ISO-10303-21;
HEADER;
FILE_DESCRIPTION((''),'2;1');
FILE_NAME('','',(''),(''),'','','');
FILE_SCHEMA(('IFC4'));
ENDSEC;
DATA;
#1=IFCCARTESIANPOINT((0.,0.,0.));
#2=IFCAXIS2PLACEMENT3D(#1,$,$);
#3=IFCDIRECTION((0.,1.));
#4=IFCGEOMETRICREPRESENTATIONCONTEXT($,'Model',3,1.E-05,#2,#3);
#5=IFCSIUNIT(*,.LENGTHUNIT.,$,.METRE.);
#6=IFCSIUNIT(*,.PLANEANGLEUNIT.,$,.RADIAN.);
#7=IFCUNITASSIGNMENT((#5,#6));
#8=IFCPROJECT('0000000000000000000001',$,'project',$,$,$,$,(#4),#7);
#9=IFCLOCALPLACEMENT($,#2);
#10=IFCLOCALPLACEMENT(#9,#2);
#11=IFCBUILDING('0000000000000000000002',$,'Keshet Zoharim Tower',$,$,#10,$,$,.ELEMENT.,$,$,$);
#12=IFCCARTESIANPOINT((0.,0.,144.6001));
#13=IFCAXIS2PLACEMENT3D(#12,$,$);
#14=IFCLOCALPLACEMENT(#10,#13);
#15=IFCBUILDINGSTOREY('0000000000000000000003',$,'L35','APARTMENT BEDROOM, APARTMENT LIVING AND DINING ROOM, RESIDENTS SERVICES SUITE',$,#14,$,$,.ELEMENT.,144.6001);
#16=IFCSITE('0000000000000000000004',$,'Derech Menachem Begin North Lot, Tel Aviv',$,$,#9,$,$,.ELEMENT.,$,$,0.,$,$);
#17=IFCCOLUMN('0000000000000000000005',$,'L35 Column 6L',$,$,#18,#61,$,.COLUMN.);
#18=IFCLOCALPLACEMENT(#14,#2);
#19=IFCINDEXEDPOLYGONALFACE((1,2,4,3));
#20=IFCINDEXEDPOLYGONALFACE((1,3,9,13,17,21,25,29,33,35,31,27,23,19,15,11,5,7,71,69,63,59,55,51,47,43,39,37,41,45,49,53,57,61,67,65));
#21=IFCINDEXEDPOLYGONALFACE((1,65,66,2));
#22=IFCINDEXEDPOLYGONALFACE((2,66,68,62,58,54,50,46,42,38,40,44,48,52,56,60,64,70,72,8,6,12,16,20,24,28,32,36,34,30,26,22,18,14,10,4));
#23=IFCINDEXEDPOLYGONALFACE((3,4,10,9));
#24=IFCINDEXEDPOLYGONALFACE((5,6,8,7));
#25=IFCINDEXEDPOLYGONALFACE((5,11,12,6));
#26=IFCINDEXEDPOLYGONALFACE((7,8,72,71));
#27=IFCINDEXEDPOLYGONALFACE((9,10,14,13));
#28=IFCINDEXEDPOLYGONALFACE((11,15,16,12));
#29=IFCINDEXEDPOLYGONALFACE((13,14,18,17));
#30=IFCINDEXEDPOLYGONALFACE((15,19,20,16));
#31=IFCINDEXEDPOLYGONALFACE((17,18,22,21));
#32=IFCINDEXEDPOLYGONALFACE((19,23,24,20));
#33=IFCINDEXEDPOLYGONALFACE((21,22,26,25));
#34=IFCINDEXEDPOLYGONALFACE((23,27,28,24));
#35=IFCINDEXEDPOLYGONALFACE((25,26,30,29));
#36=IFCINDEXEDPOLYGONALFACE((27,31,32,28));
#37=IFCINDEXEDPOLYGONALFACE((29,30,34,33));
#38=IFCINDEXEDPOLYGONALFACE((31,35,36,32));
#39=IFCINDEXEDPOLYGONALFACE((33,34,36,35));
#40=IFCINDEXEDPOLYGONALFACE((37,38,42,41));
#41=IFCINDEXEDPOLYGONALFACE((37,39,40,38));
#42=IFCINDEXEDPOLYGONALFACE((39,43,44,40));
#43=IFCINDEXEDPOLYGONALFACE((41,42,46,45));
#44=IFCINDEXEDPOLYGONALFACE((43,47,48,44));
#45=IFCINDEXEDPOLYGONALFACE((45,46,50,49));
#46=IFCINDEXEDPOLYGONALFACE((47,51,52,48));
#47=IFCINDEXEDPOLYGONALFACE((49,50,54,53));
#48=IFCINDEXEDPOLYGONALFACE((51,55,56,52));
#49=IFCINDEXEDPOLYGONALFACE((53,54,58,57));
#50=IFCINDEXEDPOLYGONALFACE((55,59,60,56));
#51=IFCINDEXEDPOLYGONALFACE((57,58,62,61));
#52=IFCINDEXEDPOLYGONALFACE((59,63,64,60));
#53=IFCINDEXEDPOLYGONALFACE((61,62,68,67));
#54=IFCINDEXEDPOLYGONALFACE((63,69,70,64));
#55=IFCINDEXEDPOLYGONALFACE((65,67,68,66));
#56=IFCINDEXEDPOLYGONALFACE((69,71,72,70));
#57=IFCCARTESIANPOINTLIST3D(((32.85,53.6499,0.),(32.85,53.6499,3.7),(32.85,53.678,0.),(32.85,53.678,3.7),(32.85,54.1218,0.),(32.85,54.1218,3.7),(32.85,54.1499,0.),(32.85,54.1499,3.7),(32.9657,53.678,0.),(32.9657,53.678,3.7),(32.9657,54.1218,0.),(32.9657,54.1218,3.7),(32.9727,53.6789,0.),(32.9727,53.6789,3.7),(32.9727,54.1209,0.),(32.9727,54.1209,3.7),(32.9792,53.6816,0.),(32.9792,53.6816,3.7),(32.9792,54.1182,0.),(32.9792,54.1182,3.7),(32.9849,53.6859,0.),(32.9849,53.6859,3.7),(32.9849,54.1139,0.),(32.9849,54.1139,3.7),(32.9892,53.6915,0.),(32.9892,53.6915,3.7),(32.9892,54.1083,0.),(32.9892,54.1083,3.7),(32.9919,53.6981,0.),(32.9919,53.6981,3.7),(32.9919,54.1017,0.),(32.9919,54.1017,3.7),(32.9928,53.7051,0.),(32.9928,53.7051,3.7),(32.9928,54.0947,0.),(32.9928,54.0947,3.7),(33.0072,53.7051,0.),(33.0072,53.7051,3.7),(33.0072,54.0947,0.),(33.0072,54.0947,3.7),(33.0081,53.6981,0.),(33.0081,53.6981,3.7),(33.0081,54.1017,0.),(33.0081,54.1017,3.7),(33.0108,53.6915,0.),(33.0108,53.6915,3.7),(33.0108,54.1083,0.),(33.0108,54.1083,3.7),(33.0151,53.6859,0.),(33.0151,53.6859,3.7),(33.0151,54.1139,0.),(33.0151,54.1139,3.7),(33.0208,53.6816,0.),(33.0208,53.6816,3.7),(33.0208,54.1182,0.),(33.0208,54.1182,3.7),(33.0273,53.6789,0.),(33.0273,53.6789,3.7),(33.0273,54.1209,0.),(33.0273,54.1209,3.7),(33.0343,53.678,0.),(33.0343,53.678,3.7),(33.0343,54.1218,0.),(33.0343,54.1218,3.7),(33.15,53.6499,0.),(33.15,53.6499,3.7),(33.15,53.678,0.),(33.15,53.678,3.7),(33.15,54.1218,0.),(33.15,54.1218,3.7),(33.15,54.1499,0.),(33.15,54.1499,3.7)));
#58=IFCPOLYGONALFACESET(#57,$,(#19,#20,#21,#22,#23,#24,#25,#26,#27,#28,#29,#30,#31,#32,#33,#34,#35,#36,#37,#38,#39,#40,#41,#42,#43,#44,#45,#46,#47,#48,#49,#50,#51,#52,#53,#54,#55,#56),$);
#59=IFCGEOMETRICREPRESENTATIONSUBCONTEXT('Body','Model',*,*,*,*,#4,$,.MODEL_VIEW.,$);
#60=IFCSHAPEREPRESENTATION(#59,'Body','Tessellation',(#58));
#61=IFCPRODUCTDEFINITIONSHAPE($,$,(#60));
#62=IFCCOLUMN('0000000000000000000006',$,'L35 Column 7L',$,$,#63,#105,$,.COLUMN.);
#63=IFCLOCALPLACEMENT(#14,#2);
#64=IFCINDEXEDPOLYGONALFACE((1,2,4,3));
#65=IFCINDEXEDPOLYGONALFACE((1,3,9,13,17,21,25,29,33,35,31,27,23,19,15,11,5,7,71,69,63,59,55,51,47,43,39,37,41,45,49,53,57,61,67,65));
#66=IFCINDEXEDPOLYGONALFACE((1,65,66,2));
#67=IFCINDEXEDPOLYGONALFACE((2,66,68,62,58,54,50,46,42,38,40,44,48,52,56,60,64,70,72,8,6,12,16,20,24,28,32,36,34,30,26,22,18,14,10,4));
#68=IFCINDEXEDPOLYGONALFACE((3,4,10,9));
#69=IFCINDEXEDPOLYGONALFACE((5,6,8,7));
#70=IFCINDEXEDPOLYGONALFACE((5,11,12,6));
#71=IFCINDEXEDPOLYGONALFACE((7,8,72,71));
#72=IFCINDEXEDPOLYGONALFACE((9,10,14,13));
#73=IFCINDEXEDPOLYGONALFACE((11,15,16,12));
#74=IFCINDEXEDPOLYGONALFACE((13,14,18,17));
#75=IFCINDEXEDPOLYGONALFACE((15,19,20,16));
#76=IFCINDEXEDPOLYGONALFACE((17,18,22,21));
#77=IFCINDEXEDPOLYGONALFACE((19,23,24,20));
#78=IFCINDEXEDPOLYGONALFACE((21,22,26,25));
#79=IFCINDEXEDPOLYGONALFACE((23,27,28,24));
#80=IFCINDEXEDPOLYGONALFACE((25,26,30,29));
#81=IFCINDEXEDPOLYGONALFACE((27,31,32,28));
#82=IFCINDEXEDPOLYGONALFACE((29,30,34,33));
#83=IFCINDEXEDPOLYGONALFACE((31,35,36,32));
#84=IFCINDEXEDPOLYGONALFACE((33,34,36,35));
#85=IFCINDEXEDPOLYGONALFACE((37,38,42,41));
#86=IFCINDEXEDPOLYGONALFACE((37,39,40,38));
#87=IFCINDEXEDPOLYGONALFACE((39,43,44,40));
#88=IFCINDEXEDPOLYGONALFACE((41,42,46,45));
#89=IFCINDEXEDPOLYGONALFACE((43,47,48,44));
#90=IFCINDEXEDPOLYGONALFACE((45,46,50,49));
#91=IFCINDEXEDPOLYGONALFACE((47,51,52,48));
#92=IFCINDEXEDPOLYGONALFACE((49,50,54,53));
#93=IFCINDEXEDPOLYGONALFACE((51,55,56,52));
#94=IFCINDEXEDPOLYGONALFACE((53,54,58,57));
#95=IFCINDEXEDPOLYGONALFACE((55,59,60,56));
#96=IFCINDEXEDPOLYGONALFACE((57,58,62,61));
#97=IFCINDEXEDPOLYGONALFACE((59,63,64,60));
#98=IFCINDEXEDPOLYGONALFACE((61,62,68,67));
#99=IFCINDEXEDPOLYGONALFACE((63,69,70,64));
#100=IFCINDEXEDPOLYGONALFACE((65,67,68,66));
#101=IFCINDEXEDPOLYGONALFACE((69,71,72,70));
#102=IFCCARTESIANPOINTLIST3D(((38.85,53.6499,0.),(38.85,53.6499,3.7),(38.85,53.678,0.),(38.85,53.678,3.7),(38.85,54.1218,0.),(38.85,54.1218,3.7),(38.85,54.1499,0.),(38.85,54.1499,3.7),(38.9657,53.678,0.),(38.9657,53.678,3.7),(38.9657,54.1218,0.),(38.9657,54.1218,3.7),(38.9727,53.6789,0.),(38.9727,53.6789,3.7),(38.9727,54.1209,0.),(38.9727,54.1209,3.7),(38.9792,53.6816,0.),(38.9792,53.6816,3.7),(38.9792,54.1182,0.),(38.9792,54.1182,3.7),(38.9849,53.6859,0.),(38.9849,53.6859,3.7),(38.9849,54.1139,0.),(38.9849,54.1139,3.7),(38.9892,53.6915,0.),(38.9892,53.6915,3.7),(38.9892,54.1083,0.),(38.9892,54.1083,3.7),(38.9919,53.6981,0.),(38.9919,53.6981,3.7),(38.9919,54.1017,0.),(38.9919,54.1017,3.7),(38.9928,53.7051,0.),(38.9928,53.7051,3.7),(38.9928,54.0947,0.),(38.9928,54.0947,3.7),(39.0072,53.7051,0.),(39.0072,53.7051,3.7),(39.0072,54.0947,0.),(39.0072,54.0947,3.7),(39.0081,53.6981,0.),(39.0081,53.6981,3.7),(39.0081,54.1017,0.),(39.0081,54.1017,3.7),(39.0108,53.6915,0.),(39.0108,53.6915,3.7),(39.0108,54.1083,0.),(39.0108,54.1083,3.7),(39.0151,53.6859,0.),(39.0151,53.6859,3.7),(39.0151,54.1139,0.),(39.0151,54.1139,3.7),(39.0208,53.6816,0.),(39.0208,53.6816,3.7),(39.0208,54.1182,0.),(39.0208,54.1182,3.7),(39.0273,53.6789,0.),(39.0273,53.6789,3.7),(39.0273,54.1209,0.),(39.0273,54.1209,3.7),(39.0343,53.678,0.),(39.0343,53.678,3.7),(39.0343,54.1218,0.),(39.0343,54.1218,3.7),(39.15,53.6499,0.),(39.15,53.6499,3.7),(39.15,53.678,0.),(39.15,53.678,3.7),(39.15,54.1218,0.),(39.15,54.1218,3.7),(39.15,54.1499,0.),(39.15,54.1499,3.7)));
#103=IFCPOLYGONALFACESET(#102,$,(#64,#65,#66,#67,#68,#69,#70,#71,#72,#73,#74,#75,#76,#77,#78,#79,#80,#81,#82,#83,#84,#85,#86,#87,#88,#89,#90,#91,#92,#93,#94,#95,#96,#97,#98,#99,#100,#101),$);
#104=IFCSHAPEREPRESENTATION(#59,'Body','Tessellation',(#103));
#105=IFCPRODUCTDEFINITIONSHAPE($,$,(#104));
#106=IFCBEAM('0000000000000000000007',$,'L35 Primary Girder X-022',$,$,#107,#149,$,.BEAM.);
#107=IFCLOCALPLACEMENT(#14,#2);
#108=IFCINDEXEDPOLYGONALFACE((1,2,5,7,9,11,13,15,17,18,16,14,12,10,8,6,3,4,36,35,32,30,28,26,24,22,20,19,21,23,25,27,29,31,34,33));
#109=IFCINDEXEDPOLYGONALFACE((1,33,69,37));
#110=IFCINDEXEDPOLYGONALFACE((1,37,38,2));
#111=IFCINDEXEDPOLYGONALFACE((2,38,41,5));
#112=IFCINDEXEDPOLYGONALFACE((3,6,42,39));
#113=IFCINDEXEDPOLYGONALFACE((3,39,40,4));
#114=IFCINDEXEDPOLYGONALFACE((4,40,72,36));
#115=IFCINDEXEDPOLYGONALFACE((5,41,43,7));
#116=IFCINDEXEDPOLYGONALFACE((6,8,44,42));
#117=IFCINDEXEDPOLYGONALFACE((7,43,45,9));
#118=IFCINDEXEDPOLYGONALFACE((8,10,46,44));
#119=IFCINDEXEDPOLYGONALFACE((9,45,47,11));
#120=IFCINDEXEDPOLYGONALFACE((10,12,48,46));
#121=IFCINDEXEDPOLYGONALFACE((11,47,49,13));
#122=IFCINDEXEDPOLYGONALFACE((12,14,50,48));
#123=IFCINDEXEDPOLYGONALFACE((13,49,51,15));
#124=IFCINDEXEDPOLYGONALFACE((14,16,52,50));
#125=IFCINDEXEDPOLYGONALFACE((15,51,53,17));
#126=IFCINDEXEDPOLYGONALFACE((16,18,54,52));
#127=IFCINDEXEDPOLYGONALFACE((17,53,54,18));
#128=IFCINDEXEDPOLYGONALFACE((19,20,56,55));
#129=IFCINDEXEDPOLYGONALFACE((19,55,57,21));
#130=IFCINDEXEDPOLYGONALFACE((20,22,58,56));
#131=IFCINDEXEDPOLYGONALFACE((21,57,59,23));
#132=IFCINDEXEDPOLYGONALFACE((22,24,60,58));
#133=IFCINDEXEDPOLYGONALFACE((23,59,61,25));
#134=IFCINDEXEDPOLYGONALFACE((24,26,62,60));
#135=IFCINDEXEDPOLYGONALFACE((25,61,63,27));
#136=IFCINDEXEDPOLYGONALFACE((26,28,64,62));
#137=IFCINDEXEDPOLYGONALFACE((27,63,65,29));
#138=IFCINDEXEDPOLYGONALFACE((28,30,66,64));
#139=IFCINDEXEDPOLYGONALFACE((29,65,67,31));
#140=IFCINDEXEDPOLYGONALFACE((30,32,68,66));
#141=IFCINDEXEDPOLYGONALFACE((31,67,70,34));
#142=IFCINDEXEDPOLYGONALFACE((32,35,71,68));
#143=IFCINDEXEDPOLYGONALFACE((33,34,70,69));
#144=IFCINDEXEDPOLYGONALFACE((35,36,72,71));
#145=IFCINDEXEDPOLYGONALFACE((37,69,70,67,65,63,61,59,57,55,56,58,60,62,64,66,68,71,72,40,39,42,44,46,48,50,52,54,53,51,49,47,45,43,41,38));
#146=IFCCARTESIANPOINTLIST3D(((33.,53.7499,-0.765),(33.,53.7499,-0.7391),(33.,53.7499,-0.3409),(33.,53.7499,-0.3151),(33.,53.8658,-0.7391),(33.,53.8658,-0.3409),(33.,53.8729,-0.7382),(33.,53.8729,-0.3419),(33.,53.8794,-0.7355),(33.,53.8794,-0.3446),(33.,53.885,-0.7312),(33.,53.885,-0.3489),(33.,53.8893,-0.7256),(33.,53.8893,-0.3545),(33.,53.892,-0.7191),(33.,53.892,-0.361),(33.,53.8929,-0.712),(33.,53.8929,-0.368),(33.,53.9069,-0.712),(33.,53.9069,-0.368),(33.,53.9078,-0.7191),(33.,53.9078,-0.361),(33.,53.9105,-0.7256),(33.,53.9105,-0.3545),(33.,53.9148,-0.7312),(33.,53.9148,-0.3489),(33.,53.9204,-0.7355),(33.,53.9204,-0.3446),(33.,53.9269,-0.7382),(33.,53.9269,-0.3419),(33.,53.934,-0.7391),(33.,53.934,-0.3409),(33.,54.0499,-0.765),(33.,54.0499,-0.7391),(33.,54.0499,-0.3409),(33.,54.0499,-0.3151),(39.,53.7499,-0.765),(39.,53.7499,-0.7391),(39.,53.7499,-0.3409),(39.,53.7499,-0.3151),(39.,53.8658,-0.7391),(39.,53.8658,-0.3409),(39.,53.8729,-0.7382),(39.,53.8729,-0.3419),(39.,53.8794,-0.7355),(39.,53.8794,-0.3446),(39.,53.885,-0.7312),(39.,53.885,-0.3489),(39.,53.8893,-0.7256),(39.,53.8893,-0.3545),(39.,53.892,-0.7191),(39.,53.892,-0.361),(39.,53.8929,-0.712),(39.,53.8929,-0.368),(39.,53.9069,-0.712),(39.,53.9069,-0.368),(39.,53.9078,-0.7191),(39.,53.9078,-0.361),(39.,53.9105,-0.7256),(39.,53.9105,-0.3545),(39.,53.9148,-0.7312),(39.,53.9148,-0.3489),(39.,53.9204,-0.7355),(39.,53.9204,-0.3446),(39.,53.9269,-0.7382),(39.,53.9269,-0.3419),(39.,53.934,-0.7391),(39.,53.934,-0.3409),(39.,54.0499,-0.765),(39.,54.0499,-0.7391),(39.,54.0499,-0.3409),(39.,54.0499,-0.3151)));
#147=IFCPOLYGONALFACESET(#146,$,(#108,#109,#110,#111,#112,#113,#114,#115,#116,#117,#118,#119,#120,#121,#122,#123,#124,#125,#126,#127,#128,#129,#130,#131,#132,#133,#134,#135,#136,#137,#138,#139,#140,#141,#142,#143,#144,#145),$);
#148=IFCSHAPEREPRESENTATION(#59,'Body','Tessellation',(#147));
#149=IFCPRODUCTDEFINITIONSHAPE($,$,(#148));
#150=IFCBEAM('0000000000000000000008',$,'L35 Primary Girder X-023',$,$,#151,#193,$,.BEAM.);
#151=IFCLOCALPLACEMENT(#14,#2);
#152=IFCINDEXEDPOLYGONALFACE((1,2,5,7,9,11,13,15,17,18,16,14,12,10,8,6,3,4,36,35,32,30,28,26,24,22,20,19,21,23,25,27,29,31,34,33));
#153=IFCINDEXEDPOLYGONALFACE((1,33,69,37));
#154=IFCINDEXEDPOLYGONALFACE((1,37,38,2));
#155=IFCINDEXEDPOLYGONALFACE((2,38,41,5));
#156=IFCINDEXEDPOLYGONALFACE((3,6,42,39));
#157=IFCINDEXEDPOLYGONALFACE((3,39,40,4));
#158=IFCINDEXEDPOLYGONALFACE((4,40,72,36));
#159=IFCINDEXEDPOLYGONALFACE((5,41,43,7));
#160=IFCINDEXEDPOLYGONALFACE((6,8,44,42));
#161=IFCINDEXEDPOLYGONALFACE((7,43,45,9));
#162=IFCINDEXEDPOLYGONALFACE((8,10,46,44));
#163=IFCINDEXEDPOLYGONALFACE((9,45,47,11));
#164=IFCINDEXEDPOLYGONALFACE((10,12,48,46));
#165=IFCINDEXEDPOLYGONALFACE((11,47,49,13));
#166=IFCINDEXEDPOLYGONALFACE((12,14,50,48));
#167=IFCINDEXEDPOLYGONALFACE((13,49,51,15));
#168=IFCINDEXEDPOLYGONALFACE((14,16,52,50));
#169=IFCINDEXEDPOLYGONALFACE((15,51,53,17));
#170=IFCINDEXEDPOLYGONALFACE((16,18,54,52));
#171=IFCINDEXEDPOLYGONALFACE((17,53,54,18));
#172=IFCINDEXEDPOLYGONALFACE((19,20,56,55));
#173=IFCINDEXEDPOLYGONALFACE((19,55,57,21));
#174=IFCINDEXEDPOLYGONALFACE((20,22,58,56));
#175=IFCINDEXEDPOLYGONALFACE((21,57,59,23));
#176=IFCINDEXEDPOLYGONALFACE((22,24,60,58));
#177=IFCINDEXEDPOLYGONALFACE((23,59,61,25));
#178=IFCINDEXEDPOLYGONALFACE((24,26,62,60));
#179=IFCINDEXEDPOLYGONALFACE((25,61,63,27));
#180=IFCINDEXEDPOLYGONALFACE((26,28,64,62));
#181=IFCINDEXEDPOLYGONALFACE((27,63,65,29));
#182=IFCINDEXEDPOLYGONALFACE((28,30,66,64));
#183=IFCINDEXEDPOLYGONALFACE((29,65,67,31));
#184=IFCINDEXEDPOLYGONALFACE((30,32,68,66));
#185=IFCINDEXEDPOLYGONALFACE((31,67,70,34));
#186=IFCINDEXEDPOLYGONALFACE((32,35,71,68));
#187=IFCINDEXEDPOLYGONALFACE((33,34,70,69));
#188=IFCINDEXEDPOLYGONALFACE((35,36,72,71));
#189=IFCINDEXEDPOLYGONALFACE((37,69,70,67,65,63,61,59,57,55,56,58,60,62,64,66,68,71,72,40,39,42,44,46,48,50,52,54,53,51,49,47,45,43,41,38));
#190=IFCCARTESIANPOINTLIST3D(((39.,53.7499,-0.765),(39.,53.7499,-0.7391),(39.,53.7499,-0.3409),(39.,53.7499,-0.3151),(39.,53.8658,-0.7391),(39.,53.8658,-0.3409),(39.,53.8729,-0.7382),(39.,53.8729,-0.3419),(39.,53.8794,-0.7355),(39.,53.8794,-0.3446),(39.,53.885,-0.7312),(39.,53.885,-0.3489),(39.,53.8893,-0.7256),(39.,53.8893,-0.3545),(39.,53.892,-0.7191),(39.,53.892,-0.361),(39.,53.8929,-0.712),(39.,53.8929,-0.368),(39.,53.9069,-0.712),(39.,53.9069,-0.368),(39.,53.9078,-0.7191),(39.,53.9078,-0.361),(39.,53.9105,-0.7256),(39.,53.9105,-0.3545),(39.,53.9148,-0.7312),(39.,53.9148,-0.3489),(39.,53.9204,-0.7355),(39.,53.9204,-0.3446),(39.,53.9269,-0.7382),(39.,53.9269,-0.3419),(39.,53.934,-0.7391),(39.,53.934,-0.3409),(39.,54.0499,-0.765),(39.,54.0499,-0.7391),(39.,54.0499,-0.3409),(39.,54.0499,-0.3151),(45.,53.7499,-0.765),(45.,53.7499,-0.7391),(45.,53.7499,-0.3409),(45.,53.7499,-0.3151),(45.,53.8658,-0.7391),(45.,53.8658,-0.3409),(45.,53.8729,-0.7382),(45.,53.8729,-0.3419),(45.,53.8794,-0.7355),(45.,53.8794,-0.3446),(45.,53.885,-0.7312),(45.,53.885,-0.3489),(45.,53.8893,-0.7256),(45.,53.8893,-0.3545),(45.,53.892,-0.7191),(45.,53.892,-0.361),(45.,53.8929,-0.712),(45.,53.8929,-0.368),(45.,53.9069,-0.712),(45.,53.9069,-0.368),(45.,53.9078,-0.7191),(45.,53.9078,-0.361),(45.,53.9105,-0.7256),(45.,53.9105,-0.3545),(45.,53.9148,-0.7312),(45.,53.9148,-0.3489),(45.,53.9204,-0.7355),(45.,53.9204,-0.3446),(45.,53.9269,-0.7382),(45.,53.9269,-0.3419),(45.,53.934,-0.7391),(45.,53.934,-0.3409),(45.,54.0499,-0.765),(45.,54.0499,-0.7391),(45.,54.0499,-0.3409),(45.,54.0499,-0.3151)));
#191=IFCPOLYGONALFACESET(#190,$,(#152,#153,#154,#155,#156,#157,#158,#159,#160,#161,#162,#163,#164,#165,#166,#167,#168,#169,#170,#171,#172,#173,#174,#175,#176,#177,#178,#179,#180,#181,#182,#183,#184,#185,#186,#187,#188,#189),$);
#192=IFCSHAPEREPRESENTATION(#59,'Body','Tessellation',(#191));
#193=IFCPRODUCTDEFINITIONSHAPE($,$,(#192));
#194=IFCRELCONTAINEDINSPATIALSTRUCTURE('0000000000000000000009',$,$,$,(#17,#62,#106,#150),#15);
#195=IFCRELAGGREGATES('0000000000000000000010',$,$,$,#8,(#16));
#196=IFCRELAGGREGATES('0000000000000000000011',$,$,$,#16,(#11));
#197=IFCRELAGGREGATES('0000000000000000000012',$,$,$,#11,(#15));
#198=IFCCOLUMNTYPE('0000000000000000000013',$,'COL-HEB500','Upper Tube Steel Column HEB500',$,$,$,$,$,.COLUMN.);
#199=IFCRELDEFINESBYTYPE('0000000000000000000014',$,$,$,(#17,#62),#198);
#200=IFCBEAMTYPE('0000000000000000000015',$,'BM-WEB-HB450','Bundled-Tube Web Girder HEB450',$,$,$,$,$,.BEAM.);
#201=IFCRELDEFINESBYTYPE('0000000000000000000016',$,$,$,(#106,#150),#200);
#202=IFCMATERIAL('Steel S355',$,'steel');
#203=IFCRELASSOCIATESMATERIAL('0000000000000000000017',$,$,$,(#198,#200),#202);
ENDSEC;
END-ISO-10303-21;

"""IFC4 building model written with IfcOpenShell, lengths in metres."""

from ifc_helpers import new_model, si_unit, direction, frame, origin, origin_2d, place, context, subcontext, project, spatial, i_section, extrude, material, material_profile, profile_set, type_object, element, save


model = new_model("IFC4")

# Units and contexts
model_context = context("Model", 3, precision=1e-05, world=origin(), true_north=direction((0.0, 1.0)))
body_context = subcontext(model_context, "Body", "Model", "MODEL_VIEW")
ifc_project = project(units=[si_unit("LENGTHUNIT", "METRE"), si_unit("PLANEANGLEUNIT", "RADIAN")], contexts=[model_context])

# Site, building, storey
site_placement = place(None, origin())
site = spatial("IfcSite", under=ifc_project, at=site_placement, Name="Derech Menachem Begin North Lot, Tel Aviv", CompositionType="ELEMENT", RefElevation=0.0)
building_placement = place(site_placement, origin())
building = spatial("IfcBuilding", under=site, at=building_placement, Name="Keshet Zoharim Tower", CompositionType="ELEMENT")
storey_placement = place(building_placement, frame((0.0, 0.0, 144.6001)))
storey = spatial("IfcBuildingStorey", under=building, at=storey_placement, Name="L35", Description="APARTMENT BEDROOM, APARTMENT LIVING AND DINING ROOM, RESIDENTS SERVICES SUITE", CompositionType="ELEMENT", Elevation=144.6001)

# Columns
ifc_material_1 = material(Name="Steel S355", Category="steel")
ifc_material_profile_1 = material_profile(ifc_material_1, i_section(OverallWidth=0.3, OverallDepth=0.5, WebThickness=0.0144, FlangeThickness=0.0281, FilletRadius=0.0271, at=origin_2d()), Name="HEB500")
ifc_profile_set_1 = profile_set([ifc_material_profile_1], Name="Steel S355")
column_type = type_object("IfcColumnType", Name="COL-HEB500", Description="Upper Tube Steel Column HEB500", PredefinedType="COLUMN", material=ifc_profile_set_1)
for number, where, z_axis, x_axis, name in (
    (1, (33.0, 53.8999, 0.0), (0.0, 0.0, 1.0), (1.0, 0.0, 0.0), "L35 Column 6L"),
    (2, (39.0, 53.8999, 0.0), (0.0, 0.0, 1.0), (1.0, 0.0, 0.0), "L35 Column 7L"),
):
    element("IfcColumn", number, at=place(storey_placement, frame(where, z_axis=z_axis, x_axis=x_axis)), inside=storey, type_object=column_type, Name=name, PredefinedType="COLUMN", context=body_context, shape_type="SweptSolid", body=[
        extrude(i_section(OverallWidth=0.3, OverallDepth=0.5, WebThickness=0.0144, FlangeThickness=0.0281, FilletRadius=0.0271, at=origin_2d()), origin(), (0.0, 0.0, 1.0), 3.7),
    ])

# Beams
ifc_material_profile_2 = material_profile(ifc_material_1, i_section(OverallWidth=0.3, OverallDepth=0.45, WebThickness=0.0139, FlangeThickness=0.0259, FilletRadius=0.0271, at=origin_2d()), Name="HEB450")
ifc_profile_set_2 = profile_set([ifc_material_profile_2], Name="Steel S355")
beam_type = type_object("IfcBeamType", Name="BM-WEB-HB450", Description="Bundled-Tube Web Girder HEB450", PredefinedType="BEAM", material=ifc_profile_set_2)
for number, where, z_axis, x_axis, name in (
    (3, (33.0, 53.8999, -0.54), (1.0, 0.0, 0.0), (0.0, 1.0, 0.0), "L35 Primary Girder X-022"),
    (4, (39.0, 53.8999, -0.54), (1.0, 0.0, 0.0), (0.0, 1.0, 0.0), "L35 Primary Girder X-023"),
):
    element("IfcBeam", number, at=place(storey_placement, frame(where, z_axis=z_axis, x_axis=x_axis)), inside=storey, type_object=beam_type, Name=name, PredefinedType="BEAM", context=body_context, shape_type="SweptSolid", body=[
        extrude(i_section(OverallWidth=0.3, OverallDepth=0.45, WebThickness=0.0139, FlangeThickness=0.0259, FilletRadius=0.0271, at=origin_2d()), origin(), (0.0, 0.0, 1.0), 6.0),
    ])

save(model, "model.ifc")
